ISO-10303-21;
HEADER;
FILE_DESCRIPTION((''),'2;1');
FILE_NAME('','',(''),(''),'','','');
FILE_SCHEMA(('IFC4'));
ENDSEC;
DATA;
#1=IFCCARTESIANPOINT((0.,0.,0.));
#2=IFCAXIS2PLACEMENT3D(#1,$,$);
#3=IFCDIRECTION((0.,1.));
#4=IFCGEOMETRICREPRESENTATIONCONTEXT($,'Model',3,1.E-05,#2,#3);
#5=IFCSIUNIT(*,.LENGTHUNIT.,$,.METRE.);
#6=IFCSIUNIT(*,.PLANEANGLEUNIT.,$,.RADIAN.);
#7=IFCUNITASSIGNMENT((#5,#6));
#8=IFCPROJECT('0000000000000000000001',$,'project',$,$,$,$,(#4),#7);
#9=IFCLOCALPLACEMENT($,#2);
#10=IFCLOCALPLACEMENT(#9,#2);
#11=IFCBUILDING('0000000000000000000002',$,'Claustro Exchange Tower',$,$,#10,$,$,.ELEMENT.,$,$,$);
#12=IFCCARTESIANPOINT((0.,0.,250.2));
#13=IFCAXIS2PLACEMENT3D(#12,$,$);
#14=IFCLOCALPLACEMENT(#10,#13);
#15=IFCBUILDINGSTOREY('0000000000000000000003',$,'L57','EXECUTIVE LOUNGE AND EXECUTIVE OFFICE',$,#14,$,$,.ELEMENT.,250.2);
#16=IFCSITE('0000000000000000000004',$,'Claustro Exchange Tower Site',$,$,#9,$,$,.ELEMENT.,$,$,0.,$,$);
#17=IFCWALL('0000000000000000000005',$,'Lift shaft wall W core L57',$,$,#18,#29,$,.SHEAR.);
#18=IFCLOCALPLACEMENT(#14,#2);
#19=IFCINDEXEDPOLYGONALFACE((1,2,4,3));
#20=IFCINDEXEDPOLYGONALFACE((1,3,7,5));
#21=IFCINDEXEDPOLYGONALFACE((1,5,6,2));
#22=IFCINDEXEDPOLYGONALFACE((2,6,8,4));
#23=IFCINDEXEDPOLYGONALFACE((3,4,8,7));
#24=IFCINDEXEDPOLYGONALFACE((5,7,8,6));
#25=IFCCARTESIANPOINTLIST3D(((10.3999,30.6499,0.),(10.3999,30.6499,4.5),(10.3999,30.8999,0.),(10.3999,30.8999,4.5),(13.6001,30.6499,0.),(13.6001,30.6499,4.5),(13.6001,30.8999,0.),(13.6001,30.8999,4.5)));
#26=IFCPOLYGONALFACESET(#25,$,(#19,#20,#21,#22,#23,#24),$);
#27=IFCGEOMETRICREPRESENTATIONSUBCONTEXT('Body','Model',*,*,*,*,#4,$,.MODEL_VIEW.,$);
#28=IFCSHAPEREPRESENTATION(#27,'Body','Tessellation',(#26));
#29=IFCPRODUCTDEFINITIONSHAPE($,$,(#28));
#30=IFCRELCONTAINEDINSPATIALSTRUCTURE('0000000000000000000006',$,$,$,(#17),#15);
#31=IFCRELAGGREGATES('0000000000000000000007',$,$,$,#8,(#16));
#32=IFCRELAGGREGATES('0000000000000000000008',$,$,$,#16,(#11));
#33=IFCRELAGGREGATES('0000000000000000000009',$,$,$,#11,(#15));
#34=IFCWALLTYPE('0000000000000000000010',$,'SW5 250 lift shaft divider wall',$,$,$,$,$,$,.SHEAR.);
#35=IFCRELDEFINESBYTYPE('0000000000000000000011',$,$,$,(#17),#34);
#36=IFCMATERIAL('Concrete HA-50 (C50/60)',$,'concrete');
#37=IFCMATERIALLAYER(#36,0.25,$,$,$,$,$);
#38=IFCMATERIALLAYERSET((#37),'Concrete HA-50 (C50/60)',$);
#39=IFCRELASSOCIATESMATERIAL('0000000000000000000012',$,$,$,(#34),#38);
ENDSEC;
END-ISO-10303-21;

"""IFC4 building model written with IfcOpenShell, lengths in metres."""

from ifc_helpers import new_model, si_unit, direction, frame, frame_2d, origin, place, context, subcontext, project, spatial, rectangle, extrude, material, layer, layer_set, type_object, element, save


model = new_model("IFC4")

# Units and contexts
model_context = context("Model", 3, precision=1e-05, world=origin(), true_north=direction((0.0, 1.0)))
body_context = subcontext(model_context, "Body", "Model", "MODEL_VIEW")
ifc_project = project(units=[si_unit("LENGTHUNIT", "METRE"), si_unit("PLANEANGLEUNIT", "RADIAN")], contexts=[model_context])

# Site, building, storey
site_placement = place(None, origin())
site = spatial("IfcSite", under=ifc_project, at=site_placement, Name="Claustro Exchange Tower Site", CompositionType="ELEMENT", RefElevation=0.0)
building_placement = place(site_placement, origin())
building = spatial("IfcBuilding", under=site, at=building_placement, Name="Claustro Exchange Tower", CompositionType="ELEMENT")
storey_placement = place(building_placement, frame((0.0, 0.0, 250.2)))
storey = spatial("IfcBuildingStorey", under=building, at=storey_placement, Name="L57", Description="EXECUTIVE LOUNGE AND EXECUTIVE OFFICE", CompositionType="ELEMENT", Elevation=250.2)

# Wall
ifc_material_1 = material(Name="Concrete HA-50 (C50/60)", Category="concrete")
ifc_layer_1 = layer(ifc_material_1, 0.25)
ifc_layer_set_1 = layer_set([ifc_layer_1], Name="Concrete HA-50 (C50/60)")
wall_type_1 = type_object("IfcWallType", Name="SW5 250 lift shaft divider wall", PredefinedType="SHEAR", material=ifc_layer_set_1)
wall_1_placement = place(storey_placement, frame((10.3999, 30.7749, 0.0), z_axis=(0.0, 0.0, 1.0), x_axis=(1.0, 0.0, 0.0)))
element("IfcWall", 1, at=wall_1_placement, inside=storey, type_object=wall_type_1, Name="Lift shaft wall W core L57", PredefinedType="SHEAR", context=body_context, shape_type="SweptSolid", body=[
    extrude(rectangle(XDim=3.2002, YDim=0.25, at=frame_2d((1.6001, 0.0))), origin(), (0.0, 0.0, 1.0), 4.5),
])

save(model, "model.ifc")
